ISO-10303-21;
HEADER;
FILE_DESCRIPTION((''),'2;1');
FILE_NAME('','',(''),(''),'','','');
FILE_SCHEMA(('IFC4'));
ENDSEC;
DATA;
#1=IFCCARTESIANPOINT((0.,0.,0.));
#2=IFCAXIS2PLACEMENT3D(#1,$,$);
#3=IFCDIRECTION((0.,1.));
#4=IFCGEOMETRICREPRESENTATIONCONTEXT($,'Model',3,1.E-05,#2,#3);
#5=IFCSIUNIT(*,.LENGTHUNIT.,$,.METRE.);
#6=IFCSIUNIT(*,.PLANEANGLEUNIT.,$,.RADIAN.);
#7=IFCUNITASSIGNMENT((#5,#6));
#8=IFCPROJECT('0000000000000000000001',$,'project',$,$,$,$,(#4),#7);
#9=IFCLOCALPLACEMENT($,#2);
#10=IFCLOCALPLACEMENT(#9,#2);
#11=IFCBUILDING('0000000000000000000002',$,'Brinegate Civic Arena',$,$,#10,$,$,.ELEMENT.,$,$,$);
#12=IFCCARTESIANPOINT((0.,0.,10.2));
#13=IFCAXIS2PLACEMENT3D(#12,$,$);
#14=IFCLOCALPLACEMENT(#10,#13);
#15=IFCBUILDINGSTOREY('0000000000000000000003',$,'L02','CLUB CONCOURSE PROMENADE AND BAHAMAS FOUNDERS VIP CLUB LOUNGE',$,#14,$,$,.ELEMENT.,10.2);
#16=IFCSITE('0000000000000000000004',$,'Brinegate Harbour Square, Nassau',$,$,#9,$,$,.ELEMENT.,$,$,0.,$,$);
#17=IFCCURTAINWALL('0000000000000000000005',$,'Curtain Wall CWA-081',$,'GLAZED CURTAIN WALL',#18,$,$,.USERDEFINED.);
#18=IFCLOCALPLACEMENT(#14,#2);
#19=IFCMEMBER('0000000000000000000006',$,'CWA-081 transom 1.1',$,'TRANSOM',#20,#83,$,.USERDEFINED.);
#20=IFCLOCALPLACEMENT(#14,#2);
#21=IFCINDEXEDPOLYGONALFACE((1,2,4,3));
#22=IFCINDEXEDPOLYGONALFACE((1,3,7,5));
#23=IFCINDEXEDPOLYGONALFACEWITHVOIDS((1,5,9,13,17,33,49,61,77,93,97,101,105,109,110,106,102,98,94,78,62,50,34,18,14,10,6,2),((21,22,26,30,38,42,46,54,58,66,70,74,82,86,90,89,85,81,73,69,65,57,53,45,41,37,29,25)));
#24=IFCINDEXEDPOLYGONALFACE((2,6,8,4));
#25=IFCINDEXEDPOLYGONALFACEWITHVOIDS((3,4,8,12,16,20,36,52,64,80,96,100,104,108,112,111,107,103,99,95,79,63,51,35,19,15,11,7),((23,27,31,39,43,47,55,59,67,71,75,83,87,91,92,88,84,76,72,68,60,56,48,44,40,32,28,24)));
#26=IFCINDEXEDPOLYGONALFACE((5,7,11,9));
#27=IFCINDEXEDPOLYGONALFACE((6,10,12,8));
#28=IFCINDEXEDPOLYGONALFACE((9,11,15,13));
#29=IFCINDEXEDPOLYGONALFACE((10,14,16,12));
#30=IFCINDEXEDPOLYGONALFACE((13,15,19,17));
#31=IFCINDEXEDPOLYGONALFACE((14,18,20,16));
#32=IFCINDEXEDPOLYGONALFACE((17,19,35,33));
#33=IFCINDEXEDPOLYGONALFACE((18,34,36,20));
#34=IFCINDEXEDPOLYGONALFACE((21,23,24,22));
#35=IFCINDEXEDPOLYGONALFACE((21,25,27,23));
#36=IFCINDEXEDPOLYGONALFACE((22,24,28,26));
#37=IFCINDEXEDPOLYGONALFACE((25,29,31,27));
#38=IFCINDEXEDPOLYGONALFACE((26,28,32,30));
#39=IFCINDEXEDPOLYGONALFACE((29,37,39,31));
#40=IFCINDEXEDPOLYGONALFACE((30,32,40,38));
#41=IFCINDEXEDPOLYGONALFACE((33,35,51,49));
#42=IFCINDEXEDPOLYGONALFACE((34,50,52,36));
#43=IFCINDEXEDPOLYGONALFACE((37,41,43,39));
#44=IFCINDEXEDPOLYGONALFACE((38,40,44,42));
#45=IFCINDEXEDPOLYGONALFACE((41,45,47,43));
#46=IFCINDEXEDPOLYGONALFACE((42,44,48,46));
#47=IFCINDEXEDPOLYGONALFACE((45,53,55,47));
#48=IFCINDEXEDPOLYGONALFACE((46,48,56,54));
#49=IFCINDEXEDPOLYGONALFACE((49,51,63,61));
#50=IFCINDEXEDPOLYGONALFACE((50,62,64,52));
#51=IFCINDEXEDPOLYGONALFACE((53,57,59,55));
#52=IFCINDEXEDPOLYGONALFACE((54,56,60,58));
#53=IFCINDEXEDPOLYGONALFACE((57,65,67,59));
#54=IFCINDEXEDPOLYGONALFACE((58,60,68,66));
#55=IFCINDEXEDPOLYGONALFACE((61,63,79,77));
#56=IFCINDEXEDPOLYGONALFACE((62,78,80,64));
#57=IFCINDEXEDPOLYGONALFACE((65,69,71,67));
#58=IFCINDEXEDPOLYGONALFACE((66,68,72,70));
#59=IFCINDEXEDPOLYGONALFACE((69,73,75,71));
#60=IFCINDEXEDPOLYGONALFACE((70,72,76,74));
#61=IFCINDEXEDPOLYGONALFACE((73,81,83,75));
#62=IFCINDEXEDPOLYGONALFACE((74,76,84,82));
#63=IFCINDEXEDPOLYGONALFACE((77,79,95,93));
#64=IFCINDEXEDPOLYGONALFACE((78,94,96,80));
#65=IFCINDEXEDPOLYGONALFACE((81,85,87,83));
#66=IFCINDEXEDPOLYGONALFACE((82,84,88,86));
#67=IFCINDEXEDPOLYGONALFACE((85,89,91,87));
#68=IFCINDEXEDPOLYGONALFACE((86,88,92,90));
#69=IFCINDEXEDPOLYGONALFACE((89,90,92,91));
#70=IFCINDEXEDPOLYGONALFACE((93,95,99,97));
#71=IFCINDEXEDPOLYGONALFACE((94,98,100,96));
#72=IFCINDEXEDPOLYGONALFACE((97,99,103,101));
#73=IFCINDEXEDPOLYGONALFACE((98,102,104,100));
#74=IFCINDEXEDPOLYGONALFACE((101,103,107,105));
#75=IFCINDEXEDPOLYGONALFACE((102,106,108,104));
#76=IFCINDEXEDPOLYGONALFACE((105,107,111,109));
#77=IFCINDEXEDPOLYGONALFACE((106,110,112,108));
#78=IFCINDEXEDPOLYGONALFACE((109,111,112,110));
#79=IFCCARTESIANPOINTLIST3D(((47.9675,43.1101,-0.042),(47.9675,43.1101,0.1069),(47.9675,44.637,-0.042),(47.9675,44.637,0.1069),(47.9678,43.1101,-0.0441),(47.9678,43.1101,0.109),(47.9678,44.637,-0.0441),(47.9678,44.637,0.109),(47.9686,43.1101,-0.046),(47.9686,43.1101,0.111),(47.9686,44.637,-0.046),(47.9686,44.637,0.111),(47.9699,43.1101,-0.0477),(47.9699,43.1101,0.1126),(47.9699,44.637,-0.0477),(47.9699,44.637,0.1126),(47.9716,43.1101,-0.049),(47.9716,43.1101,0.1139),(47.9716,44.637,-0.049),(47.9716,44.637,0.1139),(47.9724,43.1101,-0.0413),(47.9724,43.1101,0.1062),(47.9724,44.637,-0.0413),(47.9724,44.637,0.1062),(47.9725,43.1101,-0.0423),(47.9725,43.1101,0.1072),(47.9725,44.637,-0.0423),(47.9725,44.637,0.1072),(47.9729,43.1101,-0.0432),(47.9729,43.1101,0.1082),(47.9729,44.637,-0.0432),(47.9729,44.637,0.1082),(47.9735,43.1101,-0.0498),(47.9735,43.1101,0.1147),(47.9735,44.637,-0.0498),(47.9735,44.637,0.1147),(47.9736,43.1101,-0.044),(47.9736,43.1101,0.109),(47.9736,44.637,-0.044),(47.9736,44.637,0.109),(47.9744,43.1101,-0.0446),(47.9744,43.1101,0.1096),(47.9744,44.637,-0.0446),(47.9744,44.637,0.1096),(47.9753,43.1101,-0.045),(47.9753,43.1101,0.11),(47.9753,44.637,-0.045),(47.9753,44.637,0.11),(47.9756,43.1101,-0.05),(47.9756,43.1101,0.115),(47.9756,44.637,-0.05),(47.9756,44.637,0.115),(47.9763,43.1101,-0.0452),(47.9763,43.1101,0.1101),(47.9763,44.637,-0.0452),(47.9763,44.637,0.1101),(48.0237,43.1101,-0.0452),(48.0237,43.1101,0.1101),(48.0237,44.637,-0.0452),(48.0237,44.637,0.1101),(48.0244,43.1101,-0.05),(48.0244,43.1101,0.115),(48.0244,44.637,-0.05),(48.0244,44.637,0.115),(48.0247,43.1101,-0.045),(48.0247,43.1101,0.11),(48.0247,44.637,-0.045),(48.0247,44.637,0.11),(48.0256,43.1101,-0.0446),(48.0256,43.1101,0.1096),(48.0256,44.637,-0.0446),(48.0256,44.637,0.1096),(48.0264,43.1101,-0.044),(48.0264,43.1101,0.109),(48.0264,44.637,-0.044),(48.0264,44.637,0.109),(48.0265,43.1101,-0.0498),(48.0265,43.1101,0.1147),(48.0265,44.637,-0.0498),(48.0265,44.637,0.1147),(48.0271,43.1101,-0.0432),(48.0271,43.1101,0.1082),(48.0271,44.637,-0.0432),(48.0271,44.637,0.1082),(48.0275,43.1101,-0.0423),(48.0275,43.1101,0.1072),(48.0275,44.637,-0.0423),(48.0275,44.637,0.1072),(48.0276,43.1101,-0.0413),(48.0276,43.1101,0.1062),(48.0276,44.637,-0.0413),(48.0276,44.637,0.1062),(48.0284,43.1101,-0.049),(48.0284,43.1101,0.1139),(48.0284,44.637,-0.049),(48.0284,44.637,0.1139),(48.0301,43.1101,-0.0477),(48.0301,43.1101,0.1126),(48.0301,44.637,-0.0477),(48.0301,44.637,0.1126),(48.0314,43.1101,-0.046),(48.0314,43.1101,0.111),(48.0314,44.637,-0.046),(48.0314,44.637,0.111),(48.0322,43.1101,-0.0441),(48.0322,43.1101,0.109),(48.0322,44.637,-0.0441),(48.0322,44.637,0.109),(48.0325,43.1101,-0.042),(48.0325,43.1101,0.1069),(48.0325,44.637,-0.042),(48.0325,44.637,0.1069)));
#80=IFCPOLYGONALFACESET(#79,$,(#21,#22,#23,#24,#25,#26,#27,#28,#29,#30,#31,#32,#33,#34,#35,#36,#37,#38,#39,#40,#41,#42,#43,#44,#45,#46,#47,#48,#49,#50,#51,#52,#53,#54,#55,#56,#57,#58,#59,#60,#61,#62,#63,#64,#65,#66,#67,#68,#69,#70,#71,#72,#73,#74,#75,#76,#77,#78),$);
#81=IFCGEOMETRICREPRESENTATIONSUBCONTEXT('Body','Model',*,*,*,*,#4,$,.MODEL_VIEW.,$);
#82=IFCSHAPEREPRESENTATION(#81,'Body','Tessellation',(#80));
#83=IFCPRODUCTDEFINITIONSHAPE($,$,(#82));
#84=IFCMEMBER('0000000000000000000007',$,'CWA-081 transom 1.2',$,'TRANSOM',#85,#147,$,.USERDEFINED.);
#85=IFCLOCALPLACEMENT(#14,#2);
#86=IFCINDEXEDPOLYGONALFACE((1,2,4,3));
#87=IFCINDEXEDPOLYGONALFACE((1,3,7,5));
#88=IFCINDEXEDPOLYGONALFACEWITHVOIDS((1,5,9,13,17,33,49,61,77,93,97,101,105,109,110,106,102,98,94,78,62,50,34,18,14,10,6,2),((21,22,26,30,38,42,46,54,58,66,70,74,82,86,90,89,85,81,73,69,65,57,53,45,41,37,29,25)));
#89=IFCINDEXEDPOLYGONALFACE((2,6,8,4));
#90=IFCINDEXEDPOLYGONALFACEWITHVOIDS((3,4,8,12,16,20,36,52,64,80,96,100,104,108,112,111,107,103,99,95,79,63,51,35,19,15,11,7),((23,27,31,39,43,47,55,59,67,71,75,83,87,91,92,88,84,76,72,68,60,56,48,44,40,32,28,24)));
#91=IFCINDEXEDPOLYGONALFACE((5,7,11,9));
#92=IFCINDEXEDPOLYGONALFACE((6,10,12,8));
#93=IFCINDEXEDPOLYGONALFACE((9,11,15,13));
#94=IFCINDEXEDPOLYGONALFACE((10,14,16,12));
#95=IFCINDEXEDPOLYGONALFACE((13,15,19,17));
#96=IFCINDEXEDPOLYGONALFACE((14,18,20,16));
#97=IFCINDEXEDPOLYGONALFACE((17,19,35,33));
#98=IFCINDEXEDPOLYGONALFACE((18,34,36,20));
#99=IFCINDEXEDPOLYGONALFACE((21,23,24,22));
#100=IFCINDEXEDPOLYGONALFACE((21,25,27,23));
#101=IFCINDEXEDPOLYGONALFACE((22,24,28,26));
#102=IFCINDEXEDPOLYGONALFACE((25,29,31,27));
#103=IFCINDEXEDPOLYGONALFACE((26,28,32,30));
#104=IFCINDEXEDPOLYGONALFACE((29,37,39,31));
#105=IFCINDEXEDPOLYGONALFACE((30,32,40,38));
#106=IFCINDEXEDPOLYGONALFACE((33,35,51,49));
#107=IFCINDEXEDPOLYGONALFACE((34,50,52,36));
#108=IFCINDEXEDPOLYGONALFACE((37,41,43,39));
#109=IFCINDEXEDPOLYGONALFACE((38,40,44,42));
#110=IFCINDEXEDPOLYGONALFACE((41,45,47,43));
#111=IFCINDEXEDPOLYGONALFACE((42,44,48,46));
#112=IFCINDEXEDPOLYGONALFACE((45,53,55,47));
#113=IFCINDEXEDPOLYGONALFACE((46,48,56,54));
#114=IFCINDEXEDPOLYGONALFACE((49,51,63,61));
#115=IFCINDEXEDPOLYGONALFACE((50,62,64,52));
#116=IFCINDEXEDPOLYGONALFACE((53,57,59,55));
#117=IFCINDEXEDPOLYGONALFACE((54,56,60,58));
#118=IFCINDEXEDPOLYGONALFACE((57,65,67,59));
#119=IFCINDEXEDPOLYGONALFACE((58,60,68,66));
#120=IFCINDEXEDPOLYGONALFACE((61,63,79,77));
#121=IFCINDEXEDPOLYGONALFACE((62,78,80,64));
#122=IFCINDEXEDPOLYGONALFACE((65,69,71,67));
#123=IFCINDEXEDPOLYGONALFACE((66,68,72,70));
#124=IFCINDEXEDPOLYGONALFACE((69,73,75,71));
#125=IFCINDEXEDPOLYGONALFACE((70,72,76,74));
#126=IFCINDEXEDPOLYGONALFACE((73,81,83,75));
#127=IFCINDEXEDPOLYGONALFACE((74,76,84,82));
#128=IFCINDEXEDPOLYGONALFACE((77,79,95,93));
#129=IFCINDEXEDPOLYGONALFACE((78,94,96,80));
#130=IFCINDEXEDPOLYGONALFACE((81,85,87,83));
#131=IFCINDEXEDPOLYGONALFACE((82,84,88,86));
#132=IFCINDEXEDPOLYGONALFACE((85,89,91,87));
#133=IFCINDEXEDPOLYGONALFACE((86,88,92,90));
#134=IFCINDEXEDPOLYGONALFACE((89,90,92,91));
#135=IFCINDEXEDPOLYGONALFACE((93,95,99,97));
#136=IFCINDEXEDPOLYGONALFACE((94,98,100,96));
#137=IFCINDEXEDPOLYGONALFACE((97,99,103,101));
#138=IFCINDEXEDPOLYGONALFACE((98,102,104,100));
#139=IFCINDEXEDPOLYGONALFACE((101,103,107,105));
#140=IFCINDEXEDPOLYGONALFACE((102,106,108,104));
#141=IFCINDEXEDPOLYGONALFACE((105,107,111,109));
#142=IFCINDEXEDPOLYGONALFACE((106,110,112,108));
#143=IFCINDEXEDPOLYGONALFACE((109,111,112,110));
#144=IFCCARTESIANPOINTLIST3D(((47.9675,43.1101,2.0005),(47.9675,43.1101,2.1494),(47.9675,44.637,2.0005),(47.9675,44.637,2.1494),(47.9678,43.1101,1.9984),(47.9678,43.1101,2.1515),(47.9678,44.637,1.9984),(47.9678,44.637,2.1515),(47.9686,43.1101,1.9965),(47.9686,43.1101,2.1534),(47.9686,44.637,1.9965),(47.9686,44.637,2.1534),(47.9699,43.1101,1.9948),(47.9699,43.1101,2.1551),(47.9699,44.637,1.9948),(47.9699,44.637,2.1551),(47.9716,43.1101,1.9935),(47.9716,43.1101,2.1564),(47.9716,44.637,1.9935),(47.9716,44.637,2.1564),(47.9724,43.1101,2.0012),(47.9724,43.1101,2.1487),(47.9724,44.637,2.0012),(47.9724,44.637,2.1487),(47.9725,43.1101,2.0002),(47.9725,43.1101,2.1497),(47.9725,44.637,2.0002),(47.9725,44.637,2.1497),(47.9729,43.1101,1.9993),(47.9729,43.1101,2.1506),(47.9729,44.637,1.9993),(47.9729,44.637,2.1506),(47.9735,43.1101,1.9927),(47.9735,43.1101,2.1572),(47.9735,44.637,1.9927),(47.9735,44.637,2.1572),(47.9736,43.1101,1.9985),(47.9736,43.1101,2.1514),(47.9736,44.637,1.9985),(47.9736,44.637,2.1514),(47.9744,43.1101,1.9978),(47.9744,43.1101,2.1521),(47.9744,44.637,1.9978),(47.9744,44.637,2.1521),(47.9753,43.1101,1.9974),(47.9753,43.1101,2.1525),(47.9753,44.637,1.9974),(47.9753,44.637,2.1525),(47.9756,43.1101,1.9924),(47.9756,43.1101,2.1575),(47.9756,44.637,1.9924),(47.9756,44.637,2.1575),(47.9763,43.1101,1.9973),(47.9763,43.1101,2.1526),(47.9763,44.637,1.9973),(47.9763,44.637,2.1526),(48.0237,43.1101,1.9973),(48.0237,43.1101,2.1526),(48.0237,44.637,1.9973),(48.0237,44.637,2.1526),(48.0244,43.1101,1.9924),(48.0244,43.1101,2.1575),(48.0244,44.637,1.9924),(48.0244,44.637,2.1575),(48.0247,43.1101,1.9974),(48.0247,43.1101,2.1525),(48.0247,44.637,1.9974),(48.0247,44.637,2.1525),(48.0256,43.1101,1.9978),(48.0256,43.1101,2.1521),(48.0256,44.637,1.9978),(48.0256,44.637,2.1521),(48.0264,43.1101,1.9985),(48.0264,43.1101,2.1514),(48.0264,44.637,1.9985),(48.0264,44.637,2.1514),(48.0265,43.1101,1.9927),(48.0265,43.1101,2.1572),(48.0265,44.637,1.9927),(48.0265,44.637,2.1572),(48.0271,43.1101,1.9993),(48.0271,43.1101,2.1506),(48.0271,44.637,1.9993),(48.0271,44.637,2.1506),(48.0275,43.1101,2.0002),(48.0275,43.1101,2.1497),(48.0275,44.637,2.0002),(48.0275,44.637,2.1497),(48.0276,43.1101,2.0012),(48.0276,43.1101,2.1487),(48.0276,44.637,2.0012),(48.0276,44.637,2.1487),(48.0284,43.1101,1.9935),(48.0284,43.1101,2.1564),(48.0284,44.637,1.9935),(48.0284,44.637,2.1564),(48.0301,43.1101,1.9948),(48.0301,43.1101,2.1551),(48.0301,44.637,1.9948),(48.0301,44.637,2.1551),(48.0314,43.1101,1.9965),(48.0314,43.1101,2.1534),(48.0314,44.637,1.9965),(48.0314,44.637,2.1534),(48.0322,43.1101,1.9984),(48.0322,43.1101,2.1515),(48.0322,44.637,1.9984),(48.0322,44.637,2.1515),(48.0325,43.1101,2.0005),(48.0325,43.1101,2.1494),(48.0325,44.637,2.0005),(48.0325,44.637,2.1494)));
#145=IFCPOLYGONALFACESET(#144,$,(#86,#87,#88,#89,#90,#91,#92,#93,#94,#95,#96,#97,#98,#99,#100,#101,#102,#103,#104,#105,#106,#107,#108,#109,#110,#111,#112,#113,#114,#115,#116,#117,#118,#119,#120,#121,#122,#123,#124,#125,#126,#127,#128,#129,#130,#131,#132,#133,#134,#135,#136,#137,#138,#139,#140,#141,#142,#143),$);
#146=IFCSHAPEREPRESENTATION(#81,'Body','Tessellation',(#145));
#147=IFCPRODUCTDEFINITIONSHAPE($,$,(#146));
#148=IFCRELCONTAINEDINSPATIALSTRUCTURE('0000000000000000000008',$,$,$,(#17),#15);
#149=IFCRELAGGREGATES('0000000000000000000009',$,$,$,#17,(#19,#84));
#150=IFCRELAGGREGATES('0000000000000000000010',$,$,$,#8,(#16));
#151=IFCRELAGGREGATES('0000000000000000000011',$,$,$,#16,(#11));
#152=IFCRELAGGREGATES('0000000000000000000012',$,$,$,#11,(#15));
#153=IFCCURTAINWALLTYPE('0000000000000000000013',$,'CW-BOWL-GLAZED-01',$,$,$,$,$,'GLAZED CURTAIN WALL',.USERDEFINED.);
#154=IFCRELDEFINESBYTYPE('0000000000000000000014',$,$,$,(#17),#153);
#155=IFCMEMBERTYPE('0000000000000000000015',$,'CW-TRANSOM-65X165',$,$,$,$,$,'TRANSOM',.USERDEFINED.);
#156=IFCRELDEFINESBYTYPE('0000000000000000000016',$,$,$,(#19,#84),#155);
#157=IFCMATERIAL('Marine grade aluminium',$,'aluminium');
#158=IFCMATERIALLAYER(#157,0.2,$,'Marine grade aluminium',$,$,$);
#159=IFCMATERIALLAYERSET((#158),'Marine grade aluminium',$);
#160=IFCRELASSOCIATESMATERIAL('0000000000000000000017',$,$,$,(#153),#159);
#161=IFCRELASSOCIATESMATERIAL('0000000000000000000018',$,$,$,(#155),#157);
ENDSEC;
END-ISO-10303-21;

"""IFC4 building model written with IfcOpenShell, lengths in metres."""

from ifc_helpers import new_model, si_unit, direction, frame, origin, origin_2d, place, context, subcontext, project, spatial, hollow_rectangle, extrude, material, layer, layer_set, material_profile, profile_set, type_object, element, aggregate, save


model = new_model("IFC4")

# Units and contexts
model_context = context("Model", 3, precision=1e-05, world=origin(), true_north=direction((0.0, 1.0)))
body_context = subcontext(model_context, "Body", "Model", "MODEL_VIEW")
ifc_project = project(units=[si_unit("LENGTHUNIT", "METRE"), si_unit("PLANEANGLEUNIT", "RADIAN")], contexts=[model_context])

# Site, building, storey
site_placement = place(None, origin())
site = spatial("IfcSite", under=ifc_project, at=site_placement, Name="Brinegate Harbour Square, Nassau", CompositionType="ELEMENT", RefElevation=0.0)
building_placement = place(site_placement, origin())
building = spatial("IfcBuilding", under=site, at=building_placement, Name="Brinegate Civic Arena", CompositionType="ELEMENT")
storey_placement = place(building_placement, frame((0.0, 0.0, 10.2)))
storey = spatial("IfcBuildingStorey", under=building, at=storey_placement, Name="L02", Description="CLUB CONCOURSE PROMENADE AND BAHAMAS FOUNDERS VIP CLUB LOUNGE", CompositionType="ELEMENT", Elevation=10.2)

# Curtain wall, members
ifc_material_1 = material(Name="Marine grade aluminium", Category="aluminium")
ifc_layer_1 = layer(ifc_material_1, 0.2, Name="Marine grade aluminium")
ifc_layer_set_1 = layer_set([ifc_layer_1], Name="Marine grade aluminium")
curtain_wall_type = type_object("IfcCurtainWallType", Name="CW-BOWL-GLAZED-01", ElementType="GLAZED CURTAIN WALL", PredefinedType="USERDEFINED", material=ifc_layer_set_1)
curtain_wall_placement = place(storey_placement, origin())
curtain_wall = element("IfcCurtainWall", 1, at=curtain_wall_placement, inside=storey, type_object=curtain_wall_type, Name="Curtain Wall CWA-081", ObjectType="GLAZED CURTAIN WALL", PredefinedType="USERDEFINED")
ifc_material_profile_1 = material_profile(ifc_material_1, hollow_rectangle(XDim=0.0649, YDim=0.165, WallThickness=0.0049, InnerFilletRadius=0.0039, OuterFilletRadius=0.0081, at=origin_2d()), Name="TRN65X165")
ifc_profile_set_1 = profile_set([ifc_material_profile_1], Name="Marine grade aluminium")
member_type_1 = type_object("IfcMemberType", Name="CW-TRANSOM-65X165", ElementType="TRANSOM", PredefinedType="USERDEFINED", material=ifc_profile_set_1)
member_1_placement = place(storey_placement, frame((48.0, 43.1101, 0.0325), z_axis=(0.0, 1.0, 0.0), x_axis=(-1.0, 0.0, 0.0)))
member_1 = element("IfcMember", 2, at=member_1_placement, type_object=member_type_1, Name="CWA-081 transom 1.1", ObjectType="TRANSOM", PredefinedType="USERDEFINED", context=body_context, shape_type="SweptSolid", body=[
    extrude(hollow_rectangle(XDim=0.0649, YDim=0.165, WallThickness=0.0049, InnerFilletRadius=0.0039, OuterFilletRadius=0.0081, at=origin_2d()), origin(), (0.0, 0.0, 1.0), 1.5269),
])
member_2_placement = place(storey_placement, frame((48.0, 43.1101, 2.075), z_axis=(0.0, 1.0, 0.0), x_axis=(-1.0, 0.0, 0.0)))
member_2 = element("IfcMember", 3, at=member_2_placement, type_object=member_type_1, Name="CWA-081 transom 1.2", ObjectType="TRANSOM", PredefinedType="USERDEFINED", context=body_context, shape_type="SweptSolid", body=[
    extrude(hollow_rectangle(XDim=0.0649, YDim=0.165, WallThickness=0.0049, InnerFilletRadius=0.0039, OuterFilletRadius=0.0081, at=origin_2d()), origin(), (0.0, 0.0, 1.0), 1.5269),
])
aggregate(curtain_wall, [member_1, member_2])

save(model, "model.ifc")
